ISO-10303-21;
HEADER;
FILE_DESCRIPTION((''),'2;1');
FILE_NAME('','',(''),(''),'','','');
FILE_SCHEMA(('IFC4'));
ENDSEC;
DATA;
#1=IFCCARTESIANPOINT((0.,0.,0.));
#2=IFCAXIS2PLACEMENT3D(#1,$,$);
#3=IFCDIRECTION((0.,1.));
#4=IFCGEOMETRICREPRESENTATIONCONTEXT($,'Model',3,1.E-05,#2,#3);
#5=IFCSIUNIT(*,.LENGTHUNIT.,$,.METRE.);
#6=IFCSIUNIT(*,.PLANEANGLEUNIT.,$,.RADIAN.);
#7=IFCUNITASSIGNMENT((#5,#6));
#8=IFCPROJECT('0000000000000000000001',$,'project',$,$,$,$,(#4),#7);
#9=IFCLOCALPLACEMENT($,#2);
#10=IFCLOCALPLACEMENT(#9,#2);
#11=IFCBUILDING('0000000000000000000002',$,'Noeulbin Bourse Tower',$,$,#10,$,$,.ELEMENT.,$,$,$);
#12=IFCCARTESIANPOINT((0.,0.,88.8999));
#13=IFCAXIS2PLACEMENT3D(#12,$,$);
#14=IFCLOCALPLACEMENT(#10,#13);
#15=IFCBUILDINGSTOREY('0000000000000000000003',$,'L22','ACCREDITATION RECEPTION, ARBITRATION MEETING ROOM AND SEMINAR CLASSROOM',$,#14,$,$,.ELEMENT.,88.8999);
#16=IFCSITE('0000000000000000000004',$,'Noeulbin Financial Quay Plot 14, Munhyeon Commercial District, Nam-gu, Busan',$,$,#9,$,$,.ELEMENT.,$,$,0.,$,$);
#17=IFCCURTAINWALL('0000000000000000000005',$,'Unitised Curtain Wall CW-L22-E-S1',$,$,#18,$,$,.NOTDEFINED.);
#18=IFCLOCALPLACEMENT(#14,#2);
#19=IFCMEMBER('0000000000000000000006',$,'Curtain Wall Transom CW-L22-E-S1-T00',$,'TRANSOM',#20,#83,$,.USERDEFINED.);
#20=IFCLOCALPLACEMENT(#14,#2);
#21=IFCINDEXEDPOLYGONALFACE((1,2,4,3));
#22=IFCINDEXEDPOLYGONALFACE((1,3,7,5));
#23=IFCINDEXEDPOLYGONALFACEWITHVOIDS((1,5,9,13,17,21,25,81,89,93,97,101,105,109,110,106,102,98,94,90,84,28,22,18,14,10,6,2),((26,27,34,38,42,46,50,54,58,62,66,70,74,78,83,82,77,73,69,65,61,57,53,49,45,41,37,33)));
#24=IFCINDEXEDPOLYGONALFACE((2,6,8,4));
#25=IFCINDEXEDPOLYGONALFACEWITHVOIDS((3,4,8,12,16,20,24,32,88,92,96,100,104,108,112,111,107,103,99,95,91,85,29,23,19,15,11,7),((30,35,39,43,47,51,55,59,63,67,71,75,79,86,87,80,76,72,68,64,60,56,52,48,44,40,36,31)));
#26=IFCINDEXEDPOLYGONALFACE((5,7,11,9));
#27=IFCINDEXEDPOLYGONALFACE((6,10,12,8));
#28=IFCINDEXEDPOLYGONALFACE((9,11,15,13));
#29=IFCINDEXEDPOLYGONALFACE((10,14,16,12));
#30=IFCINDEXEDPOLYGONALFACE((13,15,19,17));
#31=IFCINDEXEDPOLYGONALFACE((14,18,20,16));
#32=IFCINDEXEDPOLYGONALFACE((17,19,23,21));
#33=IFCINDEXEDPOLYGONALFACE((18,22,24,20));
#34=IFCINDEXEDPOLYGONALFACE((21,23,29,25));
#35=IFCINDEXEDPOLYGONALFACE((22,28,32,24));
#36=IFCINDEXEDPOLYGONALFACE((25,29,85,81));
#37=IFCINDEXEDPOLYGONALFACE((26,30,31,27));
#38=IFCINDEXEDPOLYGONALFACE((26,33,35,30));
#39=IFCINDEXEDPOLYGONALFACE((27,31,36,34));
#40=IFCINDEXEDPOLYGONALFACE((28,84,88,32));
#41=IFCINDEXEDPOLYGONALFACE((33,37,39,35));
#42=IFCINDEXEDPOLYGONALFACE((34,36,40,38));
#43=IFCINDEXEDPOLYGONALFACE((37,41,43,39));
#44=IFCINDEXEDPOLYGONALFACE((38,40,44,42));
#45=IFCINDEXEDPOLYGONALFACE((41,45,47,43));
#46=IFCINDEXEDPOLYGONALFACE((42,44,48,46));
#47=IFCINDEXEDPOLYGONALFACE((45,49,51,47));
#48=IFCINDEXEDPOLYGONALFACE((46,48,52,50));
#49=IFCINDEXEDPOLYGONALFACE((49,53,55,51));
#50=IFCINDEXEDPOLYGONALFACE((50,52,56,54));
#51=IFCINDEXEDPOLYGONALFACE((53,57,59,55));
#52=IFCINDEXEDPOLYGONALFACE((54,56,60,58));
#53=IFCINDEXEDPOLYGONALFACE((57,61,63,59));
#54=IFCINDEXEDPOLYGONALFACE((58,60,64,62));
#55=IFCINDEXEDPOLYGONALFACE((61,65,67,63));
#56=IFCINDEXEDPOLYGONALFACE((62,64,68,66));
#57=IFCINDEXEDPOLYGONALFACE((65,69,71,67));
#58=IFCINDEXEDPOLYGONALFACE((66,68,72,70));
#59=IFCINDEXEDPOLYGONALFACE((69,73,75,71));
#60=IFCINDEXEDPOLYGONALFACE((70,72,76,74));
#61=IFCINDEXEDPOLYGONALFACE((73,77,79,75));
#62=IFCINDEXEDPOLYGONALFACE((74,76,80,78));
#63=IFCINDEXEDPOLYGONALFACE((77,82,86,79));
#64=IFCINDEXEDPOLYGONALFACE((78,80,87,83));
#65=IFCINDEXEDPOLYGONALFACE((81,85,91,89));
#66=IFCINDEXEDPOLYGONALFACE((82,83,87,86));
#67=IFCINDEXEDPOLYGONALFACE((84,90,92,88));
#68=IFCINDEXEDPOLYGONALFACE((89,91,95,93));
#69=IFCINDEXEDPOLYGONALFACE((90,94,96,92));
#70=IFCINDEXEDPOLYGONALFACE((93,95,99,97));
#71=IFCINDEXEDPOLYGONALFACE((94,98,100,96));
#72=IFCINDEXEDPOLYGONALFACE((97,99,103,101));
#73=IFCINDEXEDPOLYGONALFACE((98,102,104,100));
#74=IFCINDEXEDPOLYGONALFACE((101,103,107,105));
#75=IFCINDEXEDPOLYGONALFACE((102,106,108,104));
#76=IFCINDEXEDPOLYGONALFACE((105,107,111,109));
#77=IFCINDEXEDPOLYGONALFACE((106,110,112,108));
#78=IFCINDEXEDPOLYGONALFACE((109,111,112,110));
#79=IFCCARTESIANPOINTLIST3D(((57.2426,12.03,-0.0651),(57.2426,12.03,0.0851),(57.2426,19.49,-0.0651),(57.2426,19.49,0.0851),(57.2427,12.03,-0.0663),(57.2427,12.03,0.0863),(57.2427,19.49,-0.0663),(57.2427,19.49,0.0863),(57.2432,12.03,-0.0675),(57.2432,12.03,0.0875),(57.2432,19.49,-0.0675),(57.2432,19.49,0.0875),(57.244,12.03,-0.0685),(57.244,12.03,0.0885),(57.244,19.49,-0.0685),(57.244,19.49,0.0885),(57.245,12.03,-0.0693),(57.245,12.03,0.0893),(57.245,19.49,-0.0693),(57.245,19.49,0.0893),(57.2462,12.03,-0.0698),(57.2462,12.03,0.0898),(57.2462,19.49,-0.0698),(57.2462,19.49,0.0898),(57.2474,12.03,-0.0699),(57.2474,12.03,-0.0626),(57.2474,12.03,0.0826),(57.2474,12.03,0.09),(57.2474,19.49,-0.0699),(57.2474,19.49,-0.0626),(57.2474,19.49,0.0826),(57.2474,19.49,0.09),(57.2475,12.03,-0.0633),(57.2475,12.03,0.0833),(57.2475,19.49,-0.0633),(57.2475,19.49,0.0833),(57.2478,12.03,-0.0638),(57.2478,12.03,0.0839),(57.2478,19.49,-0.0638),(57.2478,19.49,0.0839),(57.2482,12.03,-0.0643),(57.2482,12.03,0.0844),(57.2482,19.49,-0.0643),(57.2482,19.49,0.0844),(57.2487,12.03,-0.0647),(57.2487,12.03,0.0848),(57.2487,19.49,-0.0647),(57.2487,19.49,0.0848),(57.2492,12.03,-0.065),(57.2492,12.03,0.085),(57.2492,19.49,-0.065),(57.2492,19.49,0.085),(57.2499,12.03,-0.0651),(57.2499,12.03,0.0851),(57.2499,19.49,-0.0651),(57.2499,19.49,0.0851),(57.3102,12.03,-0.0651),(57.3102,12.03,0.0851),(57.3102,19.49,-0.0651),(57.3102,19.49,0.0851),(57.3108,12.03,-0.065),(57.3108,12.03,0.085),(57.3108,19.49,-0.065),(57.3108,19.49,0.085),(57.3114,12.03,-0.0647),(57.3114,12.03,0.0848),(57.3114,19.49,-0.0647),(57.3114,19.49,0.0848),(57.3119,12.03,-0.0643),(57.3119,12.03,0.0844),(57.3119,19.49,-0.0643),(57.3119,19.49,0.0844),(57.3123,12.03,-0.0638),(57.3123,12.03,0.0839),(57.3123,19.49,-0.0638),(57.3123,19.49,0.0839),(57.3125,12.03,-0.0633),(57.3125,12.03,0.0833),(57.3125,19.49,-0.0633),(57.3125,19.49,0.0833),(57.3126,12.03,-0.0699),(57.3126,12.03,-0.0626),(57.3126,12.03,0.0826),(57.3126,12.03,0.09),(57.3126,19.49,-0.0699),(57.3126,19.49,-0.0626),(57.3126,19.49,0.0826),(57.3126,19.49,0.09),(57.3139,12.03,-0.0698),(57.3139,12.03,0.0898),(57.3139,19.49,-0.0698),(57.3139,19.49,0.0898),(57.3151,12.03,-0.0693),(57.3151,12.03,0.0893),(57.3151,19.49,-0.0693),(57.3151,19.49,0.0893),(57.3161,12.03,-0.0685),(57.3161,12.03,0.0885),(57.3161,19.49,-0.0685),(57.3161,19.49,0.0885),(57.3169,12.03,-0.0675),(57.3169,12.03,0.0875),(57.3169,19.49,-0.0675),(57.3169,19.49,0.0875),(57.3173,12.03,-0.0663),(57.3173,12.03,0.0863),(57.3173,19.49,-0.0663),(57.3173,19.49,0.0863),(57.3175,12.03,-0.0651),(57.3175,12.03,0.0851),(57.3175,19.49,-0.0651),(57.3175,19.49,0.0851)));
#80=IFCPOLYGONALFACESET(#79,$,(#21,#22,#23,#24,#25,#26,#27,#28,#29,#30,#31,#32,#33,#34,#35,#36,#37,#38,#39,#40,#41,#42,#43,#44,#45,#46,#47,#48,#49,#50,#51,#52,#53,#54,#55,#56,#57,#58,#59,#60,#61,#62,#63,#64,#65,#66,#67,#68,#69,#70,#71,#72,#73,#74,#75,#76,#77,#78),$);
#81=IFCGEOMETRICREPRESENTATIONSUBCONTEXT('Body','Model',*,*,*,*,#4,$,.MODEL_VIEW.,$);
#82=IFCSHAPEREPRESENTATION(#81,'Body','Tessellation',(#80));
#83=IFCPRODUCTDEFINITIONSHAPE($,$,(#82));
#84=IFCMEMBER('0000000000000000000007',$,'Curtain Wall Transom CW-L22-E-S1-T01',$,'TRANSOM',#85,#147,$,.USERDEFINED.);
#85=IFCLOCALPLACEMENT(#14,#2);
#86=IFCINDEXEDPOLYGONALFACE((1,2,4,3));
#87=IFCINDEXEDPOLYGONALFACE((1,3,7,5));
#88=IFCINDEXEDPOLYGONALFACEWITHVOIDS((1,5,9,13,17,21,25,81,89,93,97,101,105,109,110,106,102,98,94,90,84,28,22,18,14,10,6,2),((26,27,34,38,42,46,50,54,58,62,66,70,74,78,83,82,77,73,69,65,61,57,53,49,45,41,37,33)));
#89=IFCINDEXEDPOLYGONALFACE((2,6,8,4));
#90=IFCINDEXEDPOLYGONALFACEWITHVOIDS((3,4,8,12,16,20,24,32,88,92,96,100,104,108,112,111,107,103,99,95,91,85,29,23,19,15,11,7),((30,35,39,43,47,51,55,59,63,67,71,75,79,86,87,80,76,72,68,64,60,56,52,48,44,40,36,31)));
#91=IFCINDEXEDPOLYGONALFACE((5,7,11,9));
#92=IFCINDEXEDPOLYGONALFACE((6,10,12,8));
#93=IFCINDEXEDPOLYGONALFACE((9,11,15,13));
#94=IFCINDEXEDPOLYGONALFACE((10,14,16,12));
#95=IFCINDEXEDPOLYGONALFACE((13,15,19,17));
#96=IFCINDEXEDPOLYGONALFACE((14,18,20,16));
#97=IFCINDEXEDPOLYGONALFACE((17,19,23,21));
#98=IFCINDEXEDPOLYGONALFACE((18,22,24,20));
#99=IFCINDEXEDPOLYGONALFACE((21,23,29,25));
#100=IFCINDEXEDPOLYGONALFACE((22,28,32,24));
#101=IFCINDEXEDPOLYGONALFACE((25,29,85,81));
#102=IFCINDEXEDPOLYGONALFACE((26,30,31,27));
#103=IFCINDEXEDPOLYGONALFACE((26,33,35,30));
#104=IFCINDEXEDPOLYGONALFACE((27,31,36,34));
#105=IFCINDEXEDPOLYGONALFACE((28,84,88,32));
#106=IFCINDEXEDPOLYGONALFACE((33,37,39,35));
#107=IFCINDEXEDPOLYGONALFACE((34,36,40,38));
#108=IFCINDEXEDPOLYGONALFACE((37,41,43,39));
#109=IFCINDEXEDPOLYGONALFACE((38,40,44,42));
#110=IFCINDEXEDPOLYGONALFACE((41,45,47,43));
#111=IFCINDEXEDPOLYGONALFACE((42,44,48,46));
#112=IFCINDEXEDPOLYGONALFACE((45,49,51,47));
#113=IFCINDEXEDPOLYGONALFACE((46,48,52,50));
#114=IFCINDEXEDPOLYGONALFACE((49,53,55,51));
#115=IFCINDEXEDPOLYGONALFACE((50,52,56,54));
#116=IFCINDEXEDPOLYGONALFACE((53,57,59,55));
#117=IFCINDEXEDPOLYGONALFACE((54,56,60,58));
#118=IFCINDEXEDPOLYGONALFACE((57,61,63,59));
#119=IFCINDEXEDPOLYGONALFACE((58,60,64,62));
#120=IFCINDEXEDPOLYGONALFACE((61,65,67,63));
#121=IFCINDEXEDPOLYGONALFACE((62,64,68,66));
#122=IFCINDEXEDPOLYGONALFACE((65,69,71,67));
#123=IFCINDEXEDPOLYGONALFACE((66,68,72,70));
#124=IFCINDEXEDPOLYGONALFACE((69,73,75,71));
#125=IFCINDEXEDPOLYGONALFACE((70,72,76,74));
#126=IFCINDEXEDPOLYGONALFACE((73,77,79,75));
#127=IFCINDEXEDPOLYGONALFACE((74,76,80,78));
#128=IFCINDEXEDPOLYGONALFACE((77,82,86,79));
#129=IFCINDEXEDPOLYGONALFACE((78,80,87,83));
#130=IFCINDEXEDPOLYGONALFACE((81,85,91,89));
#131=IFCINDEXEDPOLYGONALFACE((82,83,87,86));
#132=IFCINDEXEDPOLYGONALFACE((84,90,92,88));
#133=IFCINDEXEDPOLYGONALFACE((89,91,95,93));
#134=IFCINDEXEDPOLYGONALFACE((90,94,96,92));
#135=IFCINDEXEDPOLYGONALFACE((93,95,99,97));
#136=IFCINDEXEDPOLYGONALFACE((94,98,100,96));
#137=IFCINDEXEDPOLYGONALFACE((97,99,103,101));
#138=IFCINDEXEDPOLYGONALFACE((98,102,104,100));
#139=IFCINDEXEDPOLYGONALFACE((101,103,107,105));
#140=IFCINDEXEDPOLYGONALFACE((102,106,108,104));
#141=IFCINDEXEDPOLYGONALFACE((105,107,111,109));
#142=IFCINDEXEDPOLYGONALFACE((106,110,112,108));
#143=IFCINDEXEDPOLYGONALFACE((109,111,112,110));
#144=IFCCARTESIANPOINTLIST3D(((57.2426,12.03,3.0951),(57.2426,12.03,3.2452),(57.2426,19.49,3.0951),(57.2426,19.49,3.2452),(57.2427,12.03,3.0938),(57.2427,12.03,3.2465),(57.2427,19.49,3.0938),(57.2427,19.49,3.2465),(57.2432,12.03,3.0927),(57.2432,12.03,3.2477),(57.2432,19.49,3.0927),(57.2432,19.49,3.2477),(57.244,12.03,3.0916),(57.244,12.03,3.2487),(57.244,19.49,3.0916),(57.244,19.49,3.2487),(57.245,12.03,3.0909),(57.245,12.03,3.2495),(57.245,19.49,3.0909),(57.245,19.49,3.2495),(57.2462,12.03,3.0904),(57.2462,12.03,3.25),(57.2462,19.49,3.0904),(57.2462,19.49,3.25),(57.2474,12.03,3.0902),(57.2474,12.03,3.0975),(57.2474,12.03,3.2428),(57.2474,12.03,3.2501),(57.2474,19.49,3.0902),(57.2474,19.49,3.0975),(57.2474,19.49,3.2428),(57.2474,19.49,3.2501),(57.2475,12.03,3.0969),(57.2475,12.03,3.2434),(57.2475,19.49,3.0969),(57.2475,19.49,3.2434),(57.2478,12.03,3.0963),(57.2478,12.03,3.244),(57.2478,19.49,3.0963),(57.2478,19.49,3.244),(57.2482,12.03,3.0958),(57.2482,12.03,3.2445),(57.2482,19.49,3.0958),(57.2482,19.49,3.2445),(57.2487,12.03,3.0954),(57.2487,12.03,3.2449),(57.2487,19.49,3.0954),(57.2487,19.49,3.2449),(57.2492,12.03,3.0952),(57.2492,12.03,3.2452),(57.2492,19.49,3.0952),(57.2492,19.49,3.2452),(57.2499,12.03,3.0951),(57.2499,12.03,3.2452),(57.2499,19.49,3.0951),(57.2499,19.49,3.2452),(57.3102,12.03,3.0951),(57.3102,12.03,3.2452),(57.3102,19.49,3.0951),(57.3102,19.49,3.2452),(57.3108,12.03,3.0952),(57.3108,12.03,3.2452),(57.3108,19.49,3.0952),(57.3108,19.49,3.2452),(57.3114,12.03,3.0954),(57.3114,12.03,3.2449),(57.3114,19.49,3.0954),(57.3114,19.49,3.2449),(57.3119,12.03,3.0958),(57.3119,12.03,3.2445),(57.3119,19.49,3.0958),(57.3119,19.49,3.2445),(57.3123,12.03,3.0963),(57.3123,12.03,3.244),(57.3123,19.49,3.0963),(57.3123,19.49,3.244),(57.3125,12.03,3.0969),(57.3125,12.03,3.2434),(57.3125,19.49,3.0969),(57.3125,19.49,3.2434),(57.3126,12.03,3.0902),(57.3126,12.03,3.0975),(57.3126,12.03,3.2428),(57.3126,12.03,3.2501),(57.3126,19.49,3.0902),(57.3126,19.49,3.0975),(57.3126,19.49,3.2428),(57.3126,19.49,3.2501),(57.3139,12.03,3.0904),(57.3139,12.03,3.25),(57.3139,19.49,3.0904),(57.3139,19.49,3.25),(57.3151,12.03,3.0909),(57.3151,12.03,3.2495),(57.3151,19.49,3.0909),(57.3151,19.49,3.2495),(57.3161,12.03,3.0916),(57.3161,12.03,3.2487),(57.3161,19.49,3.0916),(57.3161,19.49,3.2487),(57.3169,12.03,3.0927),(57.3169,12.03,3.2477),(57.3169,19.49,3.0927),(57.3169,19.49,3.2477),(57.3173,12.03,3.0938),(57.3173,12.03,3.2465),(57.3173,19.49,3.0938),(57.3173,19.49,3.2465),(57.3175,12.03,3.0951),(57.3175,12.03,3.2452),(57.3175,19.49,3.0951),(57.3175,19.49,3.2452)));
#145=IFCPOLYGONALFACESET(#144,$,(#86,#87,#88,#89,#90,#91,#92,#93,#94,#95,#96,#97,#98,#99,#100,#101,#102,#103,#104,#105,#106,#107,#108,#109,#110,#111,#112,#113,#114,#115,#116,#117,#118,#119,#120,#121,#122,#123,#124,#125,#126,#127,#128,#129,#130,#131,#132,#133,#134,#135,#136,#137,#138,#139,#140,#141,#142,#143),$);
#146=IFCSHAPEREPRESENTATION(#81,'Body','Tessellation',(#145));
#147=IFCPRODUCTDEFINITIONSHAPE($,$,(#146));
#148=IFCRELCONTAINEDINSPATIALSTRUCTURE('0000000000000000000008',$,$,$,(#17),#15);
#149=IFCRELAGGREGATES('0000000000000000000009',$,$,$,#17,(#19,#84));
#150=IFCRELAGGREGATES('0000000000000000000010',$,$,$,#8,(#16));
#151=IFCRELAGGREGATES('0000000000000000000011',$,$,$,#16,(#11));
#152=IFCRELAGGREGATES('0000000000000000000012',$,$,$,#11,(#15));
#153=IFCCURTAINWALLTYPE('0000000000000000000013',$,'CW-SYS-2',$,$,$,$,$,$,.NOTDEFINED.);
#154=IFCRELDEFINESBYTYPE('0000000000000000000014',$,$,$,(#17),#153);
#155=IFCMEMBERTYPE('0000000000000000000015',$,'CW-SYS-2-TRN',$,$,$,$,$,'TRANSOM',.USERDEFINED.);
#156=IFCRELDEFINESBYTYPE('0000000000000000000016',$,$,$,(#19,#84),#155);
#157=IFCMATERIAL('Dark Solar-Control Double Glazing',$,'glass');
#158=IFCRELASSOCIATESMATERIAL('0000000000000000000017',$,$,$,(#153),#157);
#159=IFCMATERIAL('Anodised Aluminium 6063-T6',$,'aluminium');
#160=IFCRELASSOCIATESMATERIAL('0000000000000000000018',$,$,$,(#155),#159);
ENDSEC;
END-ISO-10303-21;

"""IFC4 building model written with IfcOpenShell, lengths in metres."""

from ifc_helpers import new_model, si_unit, direction, frame, origin, origin_2d, place, context, subcontext, project, spatial, hollow_rectangle, extrude, material, material_profile, profile_set, type_object, element, aggregate, save


model = new_model("IFC4")

# Units and contexts
model_context = context("Model", 3, precision=1e-05, world=origin(), true_north=direction((0.0, 1.0)))
body_context = subcontext(model_context, "Body", "Model", "MODEL_VIEW")
ifc_project = project(units=[si_unit("LENGTHUNIT", "METRE"), si_unit("PLANEANGLEUNIT", "RADIAN")], contexts=[model_context])

# Site, building, storey
site_placement = place(None, origin())
site = spatial("IfcSite", under=ifc_project, at=site_placement, Name="Noeulbin Financial Quay Plot 14, Munhyeon Commercial District, Nam-gu, Busan", CompositionType="ELEMENT", RefElevation=0.0)
building_placement = place(site_placement, origin())
building = spatial("IfcBuilding", under=site, at=building_placement, Name="Noeulbin Bourse Tower", CompositionType="ELEMENT")
storey_placement = place(building_placement, frame((0.0, 0.0, 88.8999)))
storey = spatial("IfcBuildingStorey", under=building, at=storey_placement, Name="L22", Description="ACCREDITATION RECEPTION, ARBITRATION MEETING ROOM AND SEMINAR CLASSROOM", CompositionType="ELEMENT", Elevation=88.8999)

# Shared definitions
ifc_material_1 = material(Name="Dark Solar-Control Double Glazing", Category="glass")
curtain_wall_type = type_object("IfcCurtainWallType", Name="CW-SYS-2", PredefinedType="NOTDEFINED", material=ifc_material_1)
ifc_material_2 = material(Name="Anodised Aluminium 6063-T6", Category="aluminium")

# Curtain wall
curtain_wall_1_placement = place(storey_placement, origin())
curtain_wall_1 = element("IfcCurtainWall", 1, at=curtain_wall_1_placement, inside=storey, type_object=curtain_wall_type, Name="Unitised Curtain Wall CW-L22-E-S1", PredefinedType="NOTDEFINED")

# Members
ifc_material_profile_1 = material_profile(ifc_material_2, hollow_rectangle(XDim=0.075, YDim=0.1599, WallThickness=0.0049, InnerFilletRadius=0.0024, OuterFilletRadius=0.0049, at=origin_2d()), Name="ALU-TRAN-75x160x5", Category="LoadBearing")
ifc_profile_set_1 = profile_set([ifc_material_profile_1], Name="Anodised Aluminium 6063-T6")
member_type_1 = type_object("IfcMemberType", Name="CW-SYS-2-TRN", ElementType="TRANSOM", PredefinedType="USERDEFINED", material=ifc_profile_set_1)
member_1_placement = place(storey_placement, frame((57.28, 12.03, 0.01), z_axis=(0.0, 1.0, 0.0), x_axis=(-1.0, 0.0, 0.0)))
member_1 = element("IfcMember", 2, at=member_1_placement, type_object=member_type_1, Name="Curtain Wall Transom CW-L22-E-S1-T00", ObjectType="TRANSOM", PredefinedType="USERDEFINED", context=body_context, shape_type="SweptSolid", body=[
    extrude(hollow_rectangle(XDim=0.075, YDim=0.1599, WallThickness=0.0049, InnerFilletRadius=0.0024, OuterFilletRadius=0.0049, at=origin_2d()), origin(), (0.0, 0.0, 1.0), 7.46),
])
member_2_placement = place(storey_placement, frame((57.28, 12.03, 3.1702), z_axis=(0.0, 1.0, 0.0), x_axis=(-1.0, 0.0, 0.0)))
member_2 = element("IfcMember", 3, at=member_2_placement, type_object=member_type_1, Name="Curtain Wall Transom CW-L22-E-S1-T01", ObjectType="TRANSOM", PredefinedType="USERDEFINED", context=body_context, shape_type="SweptSolid", body=[
    extrude(hollow_rectangle(XDim=0.075, YDim=0.1599, WallThickness=0.0049, InnerFilletRadius=0.0024, OuterFilletRadius=0.0049, at=origin_2d()), origin(), (0.0, 0.0, 1.0), 7.46),
])

aggregate(curtain_wall_1, [member_1, member_2])

save(model, "model.ifc")
